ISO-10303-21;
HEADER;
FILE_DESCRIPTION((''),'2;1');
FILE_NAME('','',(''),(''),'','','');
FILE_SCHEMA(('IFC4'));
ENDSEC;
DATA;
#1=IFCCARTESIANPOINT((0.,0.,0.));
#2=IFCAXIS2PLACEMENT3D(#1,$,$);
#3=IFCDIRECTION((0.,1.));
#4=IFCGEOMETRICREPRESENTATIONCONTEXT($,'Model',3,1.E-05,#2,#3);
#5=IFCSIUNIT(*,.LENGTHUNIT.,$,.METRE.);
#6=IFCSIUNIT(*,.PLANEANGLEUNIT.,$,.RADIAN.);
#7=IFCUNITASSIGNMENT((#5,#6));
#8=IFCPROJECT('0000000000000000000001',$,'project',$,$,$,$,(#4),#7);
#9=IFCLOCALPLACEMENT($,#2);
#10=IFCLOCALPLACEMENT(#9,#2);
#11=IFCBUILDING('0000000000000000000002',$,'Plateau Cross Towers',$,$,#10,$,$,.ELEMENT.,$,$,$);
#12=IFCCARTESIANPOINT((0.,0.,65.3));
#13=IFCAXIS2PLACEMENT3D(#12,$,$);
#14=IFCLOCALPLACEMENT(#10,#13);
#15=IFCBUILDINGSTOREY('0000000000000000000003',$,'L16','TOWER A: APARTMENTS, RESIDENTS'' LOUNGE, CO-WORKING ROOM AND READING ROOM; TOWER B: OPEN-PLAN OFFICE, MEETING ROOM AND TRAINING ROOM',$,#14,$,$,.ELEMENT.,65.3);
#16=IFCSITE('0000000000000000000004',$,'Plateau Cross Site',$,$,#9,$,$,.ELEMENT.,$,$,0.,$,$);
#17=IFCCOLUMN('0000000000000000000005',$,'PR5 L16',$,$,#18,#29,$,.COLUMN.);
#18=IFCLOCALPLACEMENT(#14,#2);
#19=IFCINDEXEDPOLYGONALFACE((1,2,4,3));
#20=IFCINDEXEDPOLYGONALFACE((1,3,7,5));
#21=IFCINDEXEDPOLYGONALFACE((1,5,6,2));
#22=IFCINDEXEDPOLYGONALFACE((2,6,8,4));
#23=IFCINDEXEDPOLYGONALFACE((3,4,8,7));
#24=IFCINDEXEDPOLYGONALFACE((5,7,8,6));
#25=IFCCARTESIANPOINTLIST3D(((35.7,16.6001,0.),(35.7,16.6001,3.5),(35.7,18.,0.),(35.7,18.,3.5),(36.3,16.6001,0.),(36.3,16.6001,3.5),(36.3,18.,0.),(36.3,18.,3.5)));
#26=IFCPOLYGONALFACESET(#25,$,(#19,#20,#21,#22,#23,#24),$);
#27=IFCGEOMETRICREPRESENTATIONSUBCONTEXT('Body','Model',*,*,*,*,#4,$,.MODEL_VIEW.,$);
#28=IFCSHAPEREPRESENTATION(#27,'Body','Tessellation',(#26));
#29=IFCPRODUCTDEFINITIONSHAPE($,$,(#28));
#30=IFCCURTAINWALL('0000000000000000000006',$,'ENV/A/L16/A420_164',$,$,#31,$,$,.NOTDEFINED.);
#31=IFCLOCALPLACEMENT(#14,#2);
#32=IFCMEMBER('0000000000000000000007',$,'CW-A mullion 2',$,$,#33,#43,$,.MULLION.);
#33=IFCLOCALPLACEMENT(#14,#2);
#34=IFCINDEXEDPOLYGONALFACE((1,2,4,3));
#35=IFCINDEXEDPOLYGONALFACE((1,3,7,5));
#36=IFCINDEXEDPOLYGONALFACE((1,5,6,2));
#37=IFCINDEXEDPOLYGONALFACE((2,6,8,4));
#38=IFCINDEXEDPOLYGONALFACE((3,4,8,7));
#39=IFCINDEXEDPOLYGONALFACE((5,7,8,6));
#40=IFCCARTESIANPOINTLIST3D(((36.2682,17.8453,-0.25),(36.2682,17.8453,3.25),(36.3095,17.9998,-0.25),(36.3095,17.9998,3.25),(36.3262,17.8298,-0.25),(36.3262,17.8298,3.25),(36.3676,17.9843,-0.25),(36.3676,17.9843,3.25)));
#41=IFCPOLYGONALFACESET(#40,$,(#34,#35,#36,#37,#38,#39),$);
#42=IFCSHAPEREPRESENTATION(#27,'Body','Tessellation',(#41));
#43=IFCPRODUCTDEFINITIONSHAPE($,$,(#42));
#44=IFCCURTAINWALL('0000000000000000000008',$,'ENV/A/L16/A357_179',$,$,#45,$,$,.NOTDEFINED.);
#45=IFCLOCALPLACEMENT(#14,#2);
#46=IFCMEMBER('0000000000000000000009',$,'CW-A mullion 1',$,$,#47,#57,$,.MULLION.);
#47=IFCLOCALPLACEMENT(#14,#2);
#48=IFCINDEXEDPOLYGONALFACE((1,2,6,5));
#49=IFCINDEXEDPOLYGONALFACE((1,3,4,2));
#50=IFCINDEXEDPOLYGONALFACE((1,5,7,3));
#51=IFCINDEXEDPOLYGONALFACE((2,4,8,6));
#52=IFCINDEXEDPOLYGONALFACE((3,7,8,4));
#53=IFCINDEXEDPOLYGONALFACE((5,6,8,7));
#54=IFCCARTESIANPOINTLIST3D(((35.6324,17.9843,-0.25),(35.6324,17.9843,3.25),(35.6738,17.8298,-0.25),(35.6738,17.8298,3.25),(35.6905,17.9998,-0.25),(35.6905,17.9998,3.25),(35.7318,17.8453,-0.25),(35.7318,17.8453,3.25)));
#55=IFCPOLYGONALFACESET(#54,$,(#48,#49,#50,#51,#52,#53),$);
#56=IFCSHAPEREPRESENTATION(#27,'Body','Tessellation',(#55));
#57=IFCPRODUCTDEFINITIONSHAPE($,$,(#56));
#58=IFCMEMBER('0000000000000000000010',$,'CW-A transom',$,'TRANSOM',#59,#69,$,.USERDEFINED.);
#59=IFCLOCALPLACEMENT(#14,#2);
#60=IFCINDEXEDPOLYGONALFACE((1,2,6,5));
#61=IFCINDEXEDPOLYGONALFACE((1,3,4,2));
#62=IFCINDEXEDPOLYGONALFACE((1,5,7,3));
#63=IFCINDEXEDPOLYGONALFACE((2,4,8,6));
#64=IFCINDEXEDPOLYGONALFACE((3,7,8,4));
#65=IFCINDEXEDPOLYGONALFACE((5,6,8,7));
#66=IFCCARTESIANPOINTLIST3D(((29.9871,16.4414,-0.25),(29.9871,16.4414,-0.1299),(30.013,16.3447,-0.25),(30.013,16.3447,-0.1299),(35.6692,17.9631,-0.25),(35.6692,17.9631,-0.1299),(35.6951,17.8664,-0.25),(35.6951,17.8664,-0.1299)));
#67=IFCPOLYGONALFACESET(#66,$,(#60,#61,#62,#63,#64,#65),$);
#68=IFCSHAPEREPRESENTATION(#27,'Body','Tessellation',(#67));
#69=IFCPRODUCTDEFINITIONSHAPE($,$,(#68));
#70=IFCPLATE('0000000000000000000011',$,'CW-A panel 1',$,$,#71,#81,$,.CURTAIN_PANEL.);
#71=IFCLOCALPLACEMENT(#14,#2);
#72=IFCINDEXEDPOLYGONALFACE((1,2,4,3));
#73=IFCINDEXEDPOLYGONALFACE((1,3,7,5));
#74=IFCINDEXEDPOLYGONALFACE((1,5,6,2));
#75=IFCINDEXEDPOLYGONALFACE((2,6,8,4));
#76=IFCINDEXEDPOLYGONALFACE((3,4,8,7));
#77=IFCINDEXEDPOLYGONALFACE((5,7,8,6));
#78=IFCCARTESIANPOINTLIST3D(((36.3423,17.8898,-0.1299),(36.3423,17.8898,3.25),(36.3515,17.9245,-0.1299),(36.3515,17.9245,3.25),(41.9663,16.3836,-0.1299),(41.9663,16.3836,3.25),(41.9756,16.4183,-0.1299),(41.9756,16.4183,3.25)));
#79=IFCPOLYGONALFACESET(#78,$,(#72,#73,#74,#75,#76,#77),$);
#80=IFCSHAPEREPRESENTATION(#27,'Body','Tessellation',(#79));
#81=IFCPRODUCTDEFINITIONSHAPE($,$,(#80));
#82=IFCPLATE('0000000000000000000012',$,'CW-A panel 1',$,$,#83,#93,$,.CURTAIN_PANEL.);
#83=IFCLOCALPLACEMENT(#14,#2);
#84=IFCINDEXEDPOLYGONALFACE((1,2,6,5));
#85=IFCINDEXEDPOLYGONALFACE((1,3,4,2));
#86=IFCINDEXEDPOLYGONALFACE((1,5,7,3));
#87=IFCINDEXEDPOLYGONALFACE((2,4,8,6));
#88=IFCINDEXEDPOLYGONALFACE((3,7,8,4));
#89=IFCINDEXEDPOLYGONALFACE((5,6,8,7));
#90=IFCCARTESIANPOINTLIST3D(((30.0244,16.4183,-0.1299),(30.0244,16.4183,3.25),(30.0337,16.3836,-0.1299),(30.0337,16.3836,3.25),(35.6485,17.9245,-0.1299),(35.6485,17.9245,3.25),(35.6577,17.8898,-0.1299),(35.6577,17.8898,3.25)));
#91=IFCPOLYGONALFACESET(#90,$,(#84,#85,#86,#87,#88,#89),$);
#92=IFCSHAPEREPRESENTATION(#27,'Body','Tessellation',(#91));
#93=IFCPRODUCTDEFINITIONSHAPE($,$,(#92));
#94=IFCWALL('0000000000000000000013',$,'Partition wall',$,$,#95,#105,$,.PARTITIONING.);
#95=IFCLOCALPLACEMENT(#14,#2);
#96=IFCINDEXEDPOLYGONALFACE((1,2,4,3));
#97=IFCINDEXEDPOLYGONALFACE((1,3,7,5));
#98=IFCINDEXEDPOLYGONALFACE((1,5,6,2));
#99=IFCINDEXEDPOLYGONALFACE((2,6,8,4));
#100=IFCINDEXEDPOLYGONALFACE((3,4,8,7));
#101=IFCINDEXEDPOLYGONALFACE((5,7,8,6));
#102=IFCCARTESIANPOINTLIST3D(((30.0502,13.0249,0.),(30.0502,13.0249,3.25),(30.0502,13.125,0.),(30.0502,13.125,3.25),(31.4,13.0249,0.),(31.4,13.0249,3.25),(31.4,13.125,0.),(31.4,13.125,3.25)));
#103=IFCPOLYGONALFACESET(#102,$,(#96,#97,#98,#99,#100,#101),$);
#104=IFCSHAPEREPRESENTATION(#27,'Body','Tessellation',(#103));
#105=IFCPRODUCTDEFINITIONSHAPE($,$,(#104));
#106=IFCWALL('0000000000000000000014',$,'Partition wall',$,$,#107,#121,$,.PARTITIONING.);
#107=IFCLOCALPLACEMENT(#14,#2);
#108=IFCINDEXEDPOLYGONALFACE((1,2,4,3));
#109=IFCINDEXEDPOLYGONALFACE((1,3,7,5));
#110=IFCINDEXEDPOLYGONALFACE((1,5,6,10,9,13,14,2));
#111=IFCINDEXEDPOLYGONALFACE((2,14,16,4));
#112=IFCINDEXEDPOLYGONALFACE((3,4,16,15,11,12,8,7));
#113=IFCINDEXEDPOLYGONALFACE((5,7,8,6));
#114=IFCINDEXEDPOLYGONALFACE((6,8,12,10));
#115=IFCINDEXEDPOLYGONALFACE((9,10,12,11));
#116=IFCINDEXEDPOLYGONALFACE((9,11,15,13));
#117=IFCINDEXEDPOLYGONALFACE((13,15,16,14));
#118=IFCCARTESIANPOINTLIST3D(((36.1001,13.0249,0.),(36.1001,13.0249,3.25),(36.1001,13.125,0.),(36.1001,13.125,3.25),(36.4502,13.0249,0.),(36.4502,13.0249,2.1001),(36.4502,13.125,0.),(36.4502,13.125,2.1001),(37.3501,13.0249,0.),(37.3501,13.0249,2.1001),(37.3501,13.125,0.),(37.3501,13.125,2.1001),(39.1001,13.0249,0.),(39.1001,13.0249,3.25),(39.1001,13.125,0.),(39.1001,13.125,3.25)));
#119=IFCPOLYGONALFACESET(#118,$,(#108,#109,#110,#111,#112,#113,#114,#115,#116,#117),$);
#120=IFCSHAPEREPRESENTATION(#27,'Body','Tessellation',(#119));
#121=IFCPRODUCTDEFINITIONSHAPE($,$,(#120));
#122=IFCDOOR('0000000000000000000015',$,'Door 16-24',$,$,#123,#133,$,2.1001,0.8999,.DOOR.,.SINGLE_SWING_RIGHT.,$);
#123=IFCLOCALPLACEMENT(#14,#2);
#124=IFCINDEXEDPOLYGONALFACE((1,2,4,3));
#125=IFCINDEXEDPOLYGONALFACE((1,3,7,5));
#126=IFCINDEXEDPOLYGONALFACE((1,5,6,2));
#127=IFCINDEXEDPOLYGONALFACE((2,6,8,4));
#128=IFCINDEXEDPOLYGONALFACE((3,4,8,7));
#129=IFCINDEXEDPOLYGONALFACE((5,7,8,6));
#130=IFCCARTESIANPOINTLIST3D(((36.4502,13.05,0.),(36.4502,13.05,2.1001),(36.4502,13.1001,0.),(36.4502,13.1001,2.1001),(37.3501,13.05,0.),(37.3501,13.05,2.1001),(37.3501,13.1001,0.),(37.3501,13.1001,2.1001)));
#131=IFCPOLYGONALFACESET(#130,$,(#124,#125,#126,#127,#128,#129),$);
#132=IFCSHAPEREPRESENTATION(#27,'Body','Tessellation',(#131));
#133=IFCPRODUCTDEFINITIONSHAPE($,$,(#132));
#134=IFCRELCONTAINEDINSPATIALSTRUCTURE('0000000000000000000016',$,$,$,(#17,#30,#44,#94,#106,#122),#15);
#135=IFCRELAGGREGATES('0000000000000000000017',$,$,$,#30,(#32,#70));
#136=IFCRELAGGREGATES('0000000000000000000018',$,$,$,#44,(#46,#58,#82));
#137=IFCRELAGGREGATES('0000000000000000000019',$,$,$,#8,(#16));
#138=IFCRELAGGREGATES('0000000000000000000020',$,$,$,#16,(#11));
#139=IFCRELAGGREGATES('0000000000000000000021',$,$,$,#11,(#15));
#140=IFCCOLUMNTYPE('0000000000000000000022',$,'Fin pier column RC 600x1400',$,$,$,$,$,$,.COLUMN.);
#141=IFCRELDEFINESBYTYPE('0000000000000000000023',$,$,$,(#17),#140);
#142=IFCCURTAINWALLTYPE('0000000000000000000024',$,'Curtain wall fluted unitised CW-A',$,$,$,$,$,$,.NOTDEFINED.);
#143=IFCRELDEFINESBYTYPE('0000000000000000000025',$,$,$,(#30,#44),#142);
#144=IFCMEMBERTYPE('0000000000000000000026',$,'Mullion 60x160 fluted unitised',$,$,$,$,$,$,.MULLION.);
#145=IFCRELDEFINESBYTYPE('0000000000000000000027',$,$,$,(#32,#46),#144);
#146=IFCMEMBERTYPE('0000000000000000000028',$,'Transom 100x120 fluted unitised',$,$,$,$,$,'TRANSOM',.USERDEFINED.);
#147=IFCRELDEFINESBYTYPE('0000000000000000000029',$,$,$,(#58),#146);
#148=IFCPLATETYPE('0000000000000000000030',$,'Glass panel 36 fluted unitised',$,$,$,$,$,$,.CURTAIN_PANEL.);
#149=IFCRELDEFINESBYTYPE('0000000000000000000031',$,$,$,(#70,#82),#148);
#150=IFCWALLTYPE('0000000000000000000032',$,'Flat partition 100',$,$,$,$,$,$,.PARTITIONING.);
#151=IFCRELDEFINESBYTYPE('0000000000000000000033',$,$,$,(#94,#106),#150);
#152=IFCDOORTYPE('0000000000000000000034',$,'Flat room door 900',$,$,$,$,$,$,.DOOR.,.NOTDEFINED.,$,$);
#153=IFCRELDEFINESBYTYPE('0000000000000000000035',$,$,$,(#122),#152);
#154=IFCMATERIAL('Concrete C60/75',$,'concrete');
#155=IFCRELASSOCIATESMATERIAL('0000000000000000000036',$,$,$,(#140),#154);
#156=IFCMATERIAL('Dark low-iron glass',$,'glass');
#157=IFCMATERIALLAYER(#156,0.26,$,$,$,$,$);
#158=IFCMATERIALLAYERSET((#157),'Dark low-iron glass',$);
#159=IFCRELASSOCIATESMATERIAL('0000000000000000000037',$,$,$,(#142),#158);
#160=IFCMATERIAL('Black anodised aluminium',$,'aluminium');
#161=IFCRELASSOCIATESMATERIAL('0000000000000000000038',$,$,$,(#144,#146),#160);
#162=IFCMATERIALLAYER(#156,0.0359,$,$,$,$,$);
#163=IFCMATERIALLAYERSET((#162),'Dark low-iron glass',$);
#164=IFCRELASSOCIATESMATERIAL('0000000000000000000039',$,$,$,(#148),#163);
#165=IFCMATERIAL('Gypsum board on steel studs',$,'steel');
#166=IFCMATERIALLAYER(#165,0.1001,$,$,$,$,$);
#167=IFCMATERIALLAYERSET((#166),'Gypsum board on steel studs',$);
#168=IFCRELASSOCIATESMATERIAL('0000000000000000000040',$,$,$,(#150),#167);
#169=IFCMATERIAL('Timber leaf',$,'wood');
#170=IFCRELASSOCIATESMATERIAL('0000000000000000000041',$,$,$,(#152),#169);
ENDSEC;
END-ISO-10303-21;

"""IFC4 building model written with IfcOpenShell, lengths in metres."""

from ifc_helpers import new_model, si_unit, direction, frame, frame_2d, origin, origin_2d, place, context, subcontext, project, spatial, rectangle, extrude, material, layer, layer_set, material_profile, profile_set, type_object, element, fill, aggregate, save


model = new_model("IFC4")

# Units and contexts
model_context = context("Model", 3, precision=1e-05, world=origin(), true_north=direction((0.0, 1.0)))
body_context = subcontext(model_context, "Body", "Model", "MODEL_VIEW")
ifc_project = project(units=[si_unit("LENGTHUNIT", "METRE"), si_unit("PLANEANGLEUNIT", "RADIAN")], contexts=[model_context])

# Site, building, storey
site_placement = place(None, origin())
site = spatial("IfcSite", under=ifc_project, at=site_placement, Name="Plateau Cross Site", CompositionType="ELEMENT", RefElevation=0.0)
building_placement = place(site_placement, origin())
building = spatial("IfcBuilding", under=site, at=building_placement, Name="Plateau Cross Towers", CompositionType="ELEMENT")
storey_placement = place(building_placement, frame((0.0, 0.0, 65.3)))
storey = spatial("IfcBuildingStorey", under=building, at=storey_placement, Name="L16", Description="TOWER A: APARTMENTS, RESIDENTS' LOUNGE, CO-WORKING ROOM AND READING ROOM; TOWER B: OPEN-PLAN OFFICE, MEETING ROOM AND TRAINING ROOM", CompositionType="ELEMENT", Elevation=65.3)

# Column
ifc_material_1 = material(Name="Concrete C60/75", Category="concrete")
ifc_material_profile_1 = material_profile(ifc_material_1, rectangle(XDim=0.6001, YDim=1.3999, at=origin_2d()), Name="RC 600x1400")
ifc_profile_set_1 = profile_set([ifc_material_profile_1], Name="Concrete C60/75")
column_type = type_object("IfcColumnType", Name="Fin pier column RC 600x1400", PredefinedType="COLUMN", material=ifc_profile_set_1)
column_placement = place(storey_placement, frame((36.0, 17.3, 0.0), z_axis=(0.0, 0.0, 1.0), x_axis=(1.0, 0.0, 0.0)))
element("IfcColumn", 1, at=column_placement, inside=storey, type_object=column_type, Name="PR5 L16", PredefinedType="COLUMN", context=body_context, shape_type="SweptSolid", body=[
    extrude(rectangle(XDim=0.6001, YDim=1.3999, at=origin_2d()), origin(), (0.0, 0.0, 1.0), 3.5),
])

# Curtain wall, member
ifc_material_2 = material(Name="Dark low-iron glass", Category="glass")
ifc_layer_1 = layer(ifc_material_2, 0.26)
ifc_layer_set_1 = layer_set([ifc_layer_1], Name="Dark low-iron glass")
curtain_wall_type = type_object("IfcCurtainWallType", Name="Curtain wall fluted unitised CW-A", PredefinedType="NOTDEFINED", material=ifc_layer_set_1)
curtain_wall_1_placement = place(storey_placement, origin())
curtain_wall_1 = element("IfcCurtainWall", 2, at=curtain_wall_1_placement, inside=storey, type_object=curtain_wall_type, Name="ENV/A/L16/A420_164", PredefinedType="NOTDEFINED")
ifc_material_3 = material(Name="Black anodised aluminium", Category="aluminium")
ifc_material_profile_2 = material_profile(ifc_material_3, rectangle(XDim=0.0601, YDim=0.1599, at=origin_2d()), Name="MULLION 60x160")
ifc_profile_set_2 = profile_set([ifc_material_profile_2], Name="Black anodised aluminium")
member_type_1 = type_object("IfcMemberType", Name="Mullion 60x160 fluted unitised", PredefinedType="MULLION", material=ifc_profile_set_2)
member_1_placement = place(storey_placement, frame((36.3179, 17.9148, -0.25), z_axis=(0.0, 0.0, 1.0), x_axis=(-0.965958, 0.258699, 0.0)))
member_1 = element("IfcMember", 3, at=member_1_placement, type_object=member_type_1, Name="CW-A mullion 2", PredefinedType="MULLION", context=body_context, shape_type="SweptSolid", body=[
    extrude(rectangle(XDim=0.0601, YDim=0.1599, at=origin_2d()), origin(), (0.0, 0.0, 1.0), 3.5),
])

# Curtain wall, members
curtain_wall_2_placement = place(storey_placement, origin())
curtain_wall_2 = element("IfcCurtainWall", 4, at=curtain_wall_2_placement, inside=storey, type_object=curtain_wall_type, Name="ENV/A/L16/A357_179", PredefinedType="NOTDEFINED")
member_2_placement = place(storey_placement, frame((35.6821, 17.9148, -0.25), z_axis=(0.0, 0.0, 1.0), x_axis=(-0.965958, -0.258699, 0.0)))
member_2 = element("IfcMember", 5, at=member_2_placement, type_object=member_type_1, Name="CW-A mullion 1", PredefinedType="MULLION", context=body_context, shape_type="SweptSolid", body=[
    extrude(rectangle(XDim=0.0601, YDim=0.1599, at=origin_2d()), origin(), (0.0, 0.0, 1.0), 3.5),
])
ifc_material_profile_3 = material_profile(ifc_material_3, rectangle(XDim=0.1001, YDim=0.1201, at=origin_2d()), Name="TRANSOM 100x120")
ifc_profile_set_3 = profile_set([ifc_material_profile_3], Name="Black anodised aluminium")
member_type_2 = type_object("IfcMemberType", Name="Transom 100x120 fluted unitised", ElementType="TRANSOM", PredefinedType="USERDEFINED", material=ifc_profile_set_3)
member_3_placement = place(storey_placement, frame((35.6821, 17.9148, -0.1899), z_axis=(-0.96596, -0.258693, 0.0), x_axis=(0.258693, -0.96596, 0.0)))
member_3 = element("IfcMember", 6, at=member_3_placement, type_object=member_type_2, Name="CW-A transom", ObjectType="TRANSOM", PredefinedType="USERDEFINED", context=body_context, shape_type="SweptSolid", body=[
    extrude(rectangle(XDim=0.1001, YDim=0.1201, at=origin_2d()), origin(), (0.0, 0.0, 1.0), 5.8823),
])

# Plates
ifc_layer_2 = layer(ifc_material_2, 0.0359)
ifc_layer_set_2 = layer_set([ifc_layer_2], Name="Dark low-iron glass")
plate_type = type_object("IfcPlateType", Name="Glass panel 36 fluted unitised", PredefinedType="CURTAIN_PANEL", material=ifc_layer_set_2)
plate_1_placement = place(storey_placement, frame((39.1589, 17.1541, -0.1299), z_axis=(0.0, 0.0, 1.0), x_axis=(-0.965958, 0.258699, 0.0)))
plate_1 = element("IfcPlate", 7, at=plate_1_placement, type_object=plate_type, Name="CW-A panel 1", PredefinedType="CURTAIN_PANEL", context=body_context, shape_type="SweptSolid", body=[
    extrude(rectangle(XDim=5.8223, YDim=0.0359, at=origin_2d()), origin(), (0.0, 0.0, 1.0), 3.3799),
])
aggregate(curtain_wall_1, [member_1, plate_1])
plate_2_placement = place(storey_placement, frame((32.8411, 17.1541, -0.1299), z_axis=(0.0, 0.0, 1.0), x_axis=(-0.965958, -0.258699, 0.0)))
plate_2 = element("IfcPlate", 8, at=plate_2_placement, type_object=plate_type, Name="CW-A panel 1", PredefinedType="CURTAIN_PANEL", context=body_context, shape_type="SweptSolid", body=[
    extrude(rectangle(XDim=5.8223, YDim=0.0359, at=origin_2d()), origin(), (0.0, 0.0, 1.0), 3.3799),
])
aggregate(curtain_wall_2, [member_2, member_3, plate_2])

# Wall
ifc_material_4 = material(Name="Gypsum board on steel studs", Category="steel")
ifc_layer_3 = layer(ifc_material_4, 0.1001)
ifc_layer_set_3 = layer_set([ifc_layer_3], Name="Gypsum board on steel studs")
wall_type_1 = type_object("IfcWallType", Name="Flat partition 100", PredefinedType="PARTITIONING", material=ifc_layer_set_3)
wall_1_placement = place(storey_placement, frame((31.3999, 13.075, 0.0), z_axis=(0.0, 0.0, 1.0), x_axis=(-1.0, 0.0, 0.0)))
element("IfcWall", 9, at=wall_1_placement, inside=storey, type_object=wall_type_1, Name="Partition wall", PredefinedType="PARTITIONING", context=body_context, shape_type="SweptSolid", body=[
    extrude(rectangle(XDim=1.3499, YDim=0.1001, at=frame_2d((0.6748, 0.0))), origin(), (0.0, 0.0, 1.0), 3.25),
])

# Wall, opening, door
wall_2_placement = place(storey_placement, frame((39.1001, 13.075, 0.0), z_axis=(0.0, 0.0, 1.0), x_axis=(-1.0, 0.0, 0.0)))
wall_2 = element("IfcWall", 10, at=wall_2_placement, inside=storey, type_object=wall_type_1, Name="Partition wall", PredefinedType="PARTITIONING", context=body_context, shape_type="SweptSolid", body=[
    extrude(rectangle(XDim=3.0, YDim=0.1001, at=frame_2d((1.5, 0.0))), origin(), (0.0, 0.0, 1.0), 3.25),
])
opening_1_placement = place(wall_2_placement, frame((1.75, 0.0, 0.0)))
opening_1 = element("IfcOpeningElement", 11, at=opening_1_placement, cuts=wall_2, PredefinedType="OPENING", context=body_context, shape_type="SweptSolid", body=[
    extrude(rectangle(XDim=0.8999, YDim=2.1001, at=frame_2d((0.45, 1.05))), frame((0.0, 0.0601, 0.0), z_axis=(0.0, -1.0, 0.0), x_axis=(1.0, 0.0, 0.0)), (0.0, 0.0, 1.0), 0.1201),
])
ifc_material_5 = material(Name="Timber leaf", Category="wood")
door_type = type_object("IfcDoorType", Name="Flat room door 900", OperationType="NOTDEFINED", PredefinedType="DOOR", material=ifc_material_5)
door_1_placement = place(opening_1_placement, origin())
door_1 = element("IfcDoor", 12, at=door_1_placement, inside=storey, type_object=door_type, Name="Door 16-24", OperationType="SINGLE_SWING_RIGHT", OverallHeight=2.1001, OverallWidth=0.8999, PredefinedType="DOOR", context=body_context, shape_type="SweptSolid", body=[
    extrude(rectangle(XDim=0.8999, YDim=2.1001, at=frame_2d((0.45, 1.05))), frame((0.0, 0.0249, 0.0), z_axis=(0.0, -1.0, 0.0), x_axis=(1.0, 0.0, 0.0)), (0.0, 0.0, 1.0), 0.05),
])
fill(opening_1, door_1)

save(model, "model.ifc")
